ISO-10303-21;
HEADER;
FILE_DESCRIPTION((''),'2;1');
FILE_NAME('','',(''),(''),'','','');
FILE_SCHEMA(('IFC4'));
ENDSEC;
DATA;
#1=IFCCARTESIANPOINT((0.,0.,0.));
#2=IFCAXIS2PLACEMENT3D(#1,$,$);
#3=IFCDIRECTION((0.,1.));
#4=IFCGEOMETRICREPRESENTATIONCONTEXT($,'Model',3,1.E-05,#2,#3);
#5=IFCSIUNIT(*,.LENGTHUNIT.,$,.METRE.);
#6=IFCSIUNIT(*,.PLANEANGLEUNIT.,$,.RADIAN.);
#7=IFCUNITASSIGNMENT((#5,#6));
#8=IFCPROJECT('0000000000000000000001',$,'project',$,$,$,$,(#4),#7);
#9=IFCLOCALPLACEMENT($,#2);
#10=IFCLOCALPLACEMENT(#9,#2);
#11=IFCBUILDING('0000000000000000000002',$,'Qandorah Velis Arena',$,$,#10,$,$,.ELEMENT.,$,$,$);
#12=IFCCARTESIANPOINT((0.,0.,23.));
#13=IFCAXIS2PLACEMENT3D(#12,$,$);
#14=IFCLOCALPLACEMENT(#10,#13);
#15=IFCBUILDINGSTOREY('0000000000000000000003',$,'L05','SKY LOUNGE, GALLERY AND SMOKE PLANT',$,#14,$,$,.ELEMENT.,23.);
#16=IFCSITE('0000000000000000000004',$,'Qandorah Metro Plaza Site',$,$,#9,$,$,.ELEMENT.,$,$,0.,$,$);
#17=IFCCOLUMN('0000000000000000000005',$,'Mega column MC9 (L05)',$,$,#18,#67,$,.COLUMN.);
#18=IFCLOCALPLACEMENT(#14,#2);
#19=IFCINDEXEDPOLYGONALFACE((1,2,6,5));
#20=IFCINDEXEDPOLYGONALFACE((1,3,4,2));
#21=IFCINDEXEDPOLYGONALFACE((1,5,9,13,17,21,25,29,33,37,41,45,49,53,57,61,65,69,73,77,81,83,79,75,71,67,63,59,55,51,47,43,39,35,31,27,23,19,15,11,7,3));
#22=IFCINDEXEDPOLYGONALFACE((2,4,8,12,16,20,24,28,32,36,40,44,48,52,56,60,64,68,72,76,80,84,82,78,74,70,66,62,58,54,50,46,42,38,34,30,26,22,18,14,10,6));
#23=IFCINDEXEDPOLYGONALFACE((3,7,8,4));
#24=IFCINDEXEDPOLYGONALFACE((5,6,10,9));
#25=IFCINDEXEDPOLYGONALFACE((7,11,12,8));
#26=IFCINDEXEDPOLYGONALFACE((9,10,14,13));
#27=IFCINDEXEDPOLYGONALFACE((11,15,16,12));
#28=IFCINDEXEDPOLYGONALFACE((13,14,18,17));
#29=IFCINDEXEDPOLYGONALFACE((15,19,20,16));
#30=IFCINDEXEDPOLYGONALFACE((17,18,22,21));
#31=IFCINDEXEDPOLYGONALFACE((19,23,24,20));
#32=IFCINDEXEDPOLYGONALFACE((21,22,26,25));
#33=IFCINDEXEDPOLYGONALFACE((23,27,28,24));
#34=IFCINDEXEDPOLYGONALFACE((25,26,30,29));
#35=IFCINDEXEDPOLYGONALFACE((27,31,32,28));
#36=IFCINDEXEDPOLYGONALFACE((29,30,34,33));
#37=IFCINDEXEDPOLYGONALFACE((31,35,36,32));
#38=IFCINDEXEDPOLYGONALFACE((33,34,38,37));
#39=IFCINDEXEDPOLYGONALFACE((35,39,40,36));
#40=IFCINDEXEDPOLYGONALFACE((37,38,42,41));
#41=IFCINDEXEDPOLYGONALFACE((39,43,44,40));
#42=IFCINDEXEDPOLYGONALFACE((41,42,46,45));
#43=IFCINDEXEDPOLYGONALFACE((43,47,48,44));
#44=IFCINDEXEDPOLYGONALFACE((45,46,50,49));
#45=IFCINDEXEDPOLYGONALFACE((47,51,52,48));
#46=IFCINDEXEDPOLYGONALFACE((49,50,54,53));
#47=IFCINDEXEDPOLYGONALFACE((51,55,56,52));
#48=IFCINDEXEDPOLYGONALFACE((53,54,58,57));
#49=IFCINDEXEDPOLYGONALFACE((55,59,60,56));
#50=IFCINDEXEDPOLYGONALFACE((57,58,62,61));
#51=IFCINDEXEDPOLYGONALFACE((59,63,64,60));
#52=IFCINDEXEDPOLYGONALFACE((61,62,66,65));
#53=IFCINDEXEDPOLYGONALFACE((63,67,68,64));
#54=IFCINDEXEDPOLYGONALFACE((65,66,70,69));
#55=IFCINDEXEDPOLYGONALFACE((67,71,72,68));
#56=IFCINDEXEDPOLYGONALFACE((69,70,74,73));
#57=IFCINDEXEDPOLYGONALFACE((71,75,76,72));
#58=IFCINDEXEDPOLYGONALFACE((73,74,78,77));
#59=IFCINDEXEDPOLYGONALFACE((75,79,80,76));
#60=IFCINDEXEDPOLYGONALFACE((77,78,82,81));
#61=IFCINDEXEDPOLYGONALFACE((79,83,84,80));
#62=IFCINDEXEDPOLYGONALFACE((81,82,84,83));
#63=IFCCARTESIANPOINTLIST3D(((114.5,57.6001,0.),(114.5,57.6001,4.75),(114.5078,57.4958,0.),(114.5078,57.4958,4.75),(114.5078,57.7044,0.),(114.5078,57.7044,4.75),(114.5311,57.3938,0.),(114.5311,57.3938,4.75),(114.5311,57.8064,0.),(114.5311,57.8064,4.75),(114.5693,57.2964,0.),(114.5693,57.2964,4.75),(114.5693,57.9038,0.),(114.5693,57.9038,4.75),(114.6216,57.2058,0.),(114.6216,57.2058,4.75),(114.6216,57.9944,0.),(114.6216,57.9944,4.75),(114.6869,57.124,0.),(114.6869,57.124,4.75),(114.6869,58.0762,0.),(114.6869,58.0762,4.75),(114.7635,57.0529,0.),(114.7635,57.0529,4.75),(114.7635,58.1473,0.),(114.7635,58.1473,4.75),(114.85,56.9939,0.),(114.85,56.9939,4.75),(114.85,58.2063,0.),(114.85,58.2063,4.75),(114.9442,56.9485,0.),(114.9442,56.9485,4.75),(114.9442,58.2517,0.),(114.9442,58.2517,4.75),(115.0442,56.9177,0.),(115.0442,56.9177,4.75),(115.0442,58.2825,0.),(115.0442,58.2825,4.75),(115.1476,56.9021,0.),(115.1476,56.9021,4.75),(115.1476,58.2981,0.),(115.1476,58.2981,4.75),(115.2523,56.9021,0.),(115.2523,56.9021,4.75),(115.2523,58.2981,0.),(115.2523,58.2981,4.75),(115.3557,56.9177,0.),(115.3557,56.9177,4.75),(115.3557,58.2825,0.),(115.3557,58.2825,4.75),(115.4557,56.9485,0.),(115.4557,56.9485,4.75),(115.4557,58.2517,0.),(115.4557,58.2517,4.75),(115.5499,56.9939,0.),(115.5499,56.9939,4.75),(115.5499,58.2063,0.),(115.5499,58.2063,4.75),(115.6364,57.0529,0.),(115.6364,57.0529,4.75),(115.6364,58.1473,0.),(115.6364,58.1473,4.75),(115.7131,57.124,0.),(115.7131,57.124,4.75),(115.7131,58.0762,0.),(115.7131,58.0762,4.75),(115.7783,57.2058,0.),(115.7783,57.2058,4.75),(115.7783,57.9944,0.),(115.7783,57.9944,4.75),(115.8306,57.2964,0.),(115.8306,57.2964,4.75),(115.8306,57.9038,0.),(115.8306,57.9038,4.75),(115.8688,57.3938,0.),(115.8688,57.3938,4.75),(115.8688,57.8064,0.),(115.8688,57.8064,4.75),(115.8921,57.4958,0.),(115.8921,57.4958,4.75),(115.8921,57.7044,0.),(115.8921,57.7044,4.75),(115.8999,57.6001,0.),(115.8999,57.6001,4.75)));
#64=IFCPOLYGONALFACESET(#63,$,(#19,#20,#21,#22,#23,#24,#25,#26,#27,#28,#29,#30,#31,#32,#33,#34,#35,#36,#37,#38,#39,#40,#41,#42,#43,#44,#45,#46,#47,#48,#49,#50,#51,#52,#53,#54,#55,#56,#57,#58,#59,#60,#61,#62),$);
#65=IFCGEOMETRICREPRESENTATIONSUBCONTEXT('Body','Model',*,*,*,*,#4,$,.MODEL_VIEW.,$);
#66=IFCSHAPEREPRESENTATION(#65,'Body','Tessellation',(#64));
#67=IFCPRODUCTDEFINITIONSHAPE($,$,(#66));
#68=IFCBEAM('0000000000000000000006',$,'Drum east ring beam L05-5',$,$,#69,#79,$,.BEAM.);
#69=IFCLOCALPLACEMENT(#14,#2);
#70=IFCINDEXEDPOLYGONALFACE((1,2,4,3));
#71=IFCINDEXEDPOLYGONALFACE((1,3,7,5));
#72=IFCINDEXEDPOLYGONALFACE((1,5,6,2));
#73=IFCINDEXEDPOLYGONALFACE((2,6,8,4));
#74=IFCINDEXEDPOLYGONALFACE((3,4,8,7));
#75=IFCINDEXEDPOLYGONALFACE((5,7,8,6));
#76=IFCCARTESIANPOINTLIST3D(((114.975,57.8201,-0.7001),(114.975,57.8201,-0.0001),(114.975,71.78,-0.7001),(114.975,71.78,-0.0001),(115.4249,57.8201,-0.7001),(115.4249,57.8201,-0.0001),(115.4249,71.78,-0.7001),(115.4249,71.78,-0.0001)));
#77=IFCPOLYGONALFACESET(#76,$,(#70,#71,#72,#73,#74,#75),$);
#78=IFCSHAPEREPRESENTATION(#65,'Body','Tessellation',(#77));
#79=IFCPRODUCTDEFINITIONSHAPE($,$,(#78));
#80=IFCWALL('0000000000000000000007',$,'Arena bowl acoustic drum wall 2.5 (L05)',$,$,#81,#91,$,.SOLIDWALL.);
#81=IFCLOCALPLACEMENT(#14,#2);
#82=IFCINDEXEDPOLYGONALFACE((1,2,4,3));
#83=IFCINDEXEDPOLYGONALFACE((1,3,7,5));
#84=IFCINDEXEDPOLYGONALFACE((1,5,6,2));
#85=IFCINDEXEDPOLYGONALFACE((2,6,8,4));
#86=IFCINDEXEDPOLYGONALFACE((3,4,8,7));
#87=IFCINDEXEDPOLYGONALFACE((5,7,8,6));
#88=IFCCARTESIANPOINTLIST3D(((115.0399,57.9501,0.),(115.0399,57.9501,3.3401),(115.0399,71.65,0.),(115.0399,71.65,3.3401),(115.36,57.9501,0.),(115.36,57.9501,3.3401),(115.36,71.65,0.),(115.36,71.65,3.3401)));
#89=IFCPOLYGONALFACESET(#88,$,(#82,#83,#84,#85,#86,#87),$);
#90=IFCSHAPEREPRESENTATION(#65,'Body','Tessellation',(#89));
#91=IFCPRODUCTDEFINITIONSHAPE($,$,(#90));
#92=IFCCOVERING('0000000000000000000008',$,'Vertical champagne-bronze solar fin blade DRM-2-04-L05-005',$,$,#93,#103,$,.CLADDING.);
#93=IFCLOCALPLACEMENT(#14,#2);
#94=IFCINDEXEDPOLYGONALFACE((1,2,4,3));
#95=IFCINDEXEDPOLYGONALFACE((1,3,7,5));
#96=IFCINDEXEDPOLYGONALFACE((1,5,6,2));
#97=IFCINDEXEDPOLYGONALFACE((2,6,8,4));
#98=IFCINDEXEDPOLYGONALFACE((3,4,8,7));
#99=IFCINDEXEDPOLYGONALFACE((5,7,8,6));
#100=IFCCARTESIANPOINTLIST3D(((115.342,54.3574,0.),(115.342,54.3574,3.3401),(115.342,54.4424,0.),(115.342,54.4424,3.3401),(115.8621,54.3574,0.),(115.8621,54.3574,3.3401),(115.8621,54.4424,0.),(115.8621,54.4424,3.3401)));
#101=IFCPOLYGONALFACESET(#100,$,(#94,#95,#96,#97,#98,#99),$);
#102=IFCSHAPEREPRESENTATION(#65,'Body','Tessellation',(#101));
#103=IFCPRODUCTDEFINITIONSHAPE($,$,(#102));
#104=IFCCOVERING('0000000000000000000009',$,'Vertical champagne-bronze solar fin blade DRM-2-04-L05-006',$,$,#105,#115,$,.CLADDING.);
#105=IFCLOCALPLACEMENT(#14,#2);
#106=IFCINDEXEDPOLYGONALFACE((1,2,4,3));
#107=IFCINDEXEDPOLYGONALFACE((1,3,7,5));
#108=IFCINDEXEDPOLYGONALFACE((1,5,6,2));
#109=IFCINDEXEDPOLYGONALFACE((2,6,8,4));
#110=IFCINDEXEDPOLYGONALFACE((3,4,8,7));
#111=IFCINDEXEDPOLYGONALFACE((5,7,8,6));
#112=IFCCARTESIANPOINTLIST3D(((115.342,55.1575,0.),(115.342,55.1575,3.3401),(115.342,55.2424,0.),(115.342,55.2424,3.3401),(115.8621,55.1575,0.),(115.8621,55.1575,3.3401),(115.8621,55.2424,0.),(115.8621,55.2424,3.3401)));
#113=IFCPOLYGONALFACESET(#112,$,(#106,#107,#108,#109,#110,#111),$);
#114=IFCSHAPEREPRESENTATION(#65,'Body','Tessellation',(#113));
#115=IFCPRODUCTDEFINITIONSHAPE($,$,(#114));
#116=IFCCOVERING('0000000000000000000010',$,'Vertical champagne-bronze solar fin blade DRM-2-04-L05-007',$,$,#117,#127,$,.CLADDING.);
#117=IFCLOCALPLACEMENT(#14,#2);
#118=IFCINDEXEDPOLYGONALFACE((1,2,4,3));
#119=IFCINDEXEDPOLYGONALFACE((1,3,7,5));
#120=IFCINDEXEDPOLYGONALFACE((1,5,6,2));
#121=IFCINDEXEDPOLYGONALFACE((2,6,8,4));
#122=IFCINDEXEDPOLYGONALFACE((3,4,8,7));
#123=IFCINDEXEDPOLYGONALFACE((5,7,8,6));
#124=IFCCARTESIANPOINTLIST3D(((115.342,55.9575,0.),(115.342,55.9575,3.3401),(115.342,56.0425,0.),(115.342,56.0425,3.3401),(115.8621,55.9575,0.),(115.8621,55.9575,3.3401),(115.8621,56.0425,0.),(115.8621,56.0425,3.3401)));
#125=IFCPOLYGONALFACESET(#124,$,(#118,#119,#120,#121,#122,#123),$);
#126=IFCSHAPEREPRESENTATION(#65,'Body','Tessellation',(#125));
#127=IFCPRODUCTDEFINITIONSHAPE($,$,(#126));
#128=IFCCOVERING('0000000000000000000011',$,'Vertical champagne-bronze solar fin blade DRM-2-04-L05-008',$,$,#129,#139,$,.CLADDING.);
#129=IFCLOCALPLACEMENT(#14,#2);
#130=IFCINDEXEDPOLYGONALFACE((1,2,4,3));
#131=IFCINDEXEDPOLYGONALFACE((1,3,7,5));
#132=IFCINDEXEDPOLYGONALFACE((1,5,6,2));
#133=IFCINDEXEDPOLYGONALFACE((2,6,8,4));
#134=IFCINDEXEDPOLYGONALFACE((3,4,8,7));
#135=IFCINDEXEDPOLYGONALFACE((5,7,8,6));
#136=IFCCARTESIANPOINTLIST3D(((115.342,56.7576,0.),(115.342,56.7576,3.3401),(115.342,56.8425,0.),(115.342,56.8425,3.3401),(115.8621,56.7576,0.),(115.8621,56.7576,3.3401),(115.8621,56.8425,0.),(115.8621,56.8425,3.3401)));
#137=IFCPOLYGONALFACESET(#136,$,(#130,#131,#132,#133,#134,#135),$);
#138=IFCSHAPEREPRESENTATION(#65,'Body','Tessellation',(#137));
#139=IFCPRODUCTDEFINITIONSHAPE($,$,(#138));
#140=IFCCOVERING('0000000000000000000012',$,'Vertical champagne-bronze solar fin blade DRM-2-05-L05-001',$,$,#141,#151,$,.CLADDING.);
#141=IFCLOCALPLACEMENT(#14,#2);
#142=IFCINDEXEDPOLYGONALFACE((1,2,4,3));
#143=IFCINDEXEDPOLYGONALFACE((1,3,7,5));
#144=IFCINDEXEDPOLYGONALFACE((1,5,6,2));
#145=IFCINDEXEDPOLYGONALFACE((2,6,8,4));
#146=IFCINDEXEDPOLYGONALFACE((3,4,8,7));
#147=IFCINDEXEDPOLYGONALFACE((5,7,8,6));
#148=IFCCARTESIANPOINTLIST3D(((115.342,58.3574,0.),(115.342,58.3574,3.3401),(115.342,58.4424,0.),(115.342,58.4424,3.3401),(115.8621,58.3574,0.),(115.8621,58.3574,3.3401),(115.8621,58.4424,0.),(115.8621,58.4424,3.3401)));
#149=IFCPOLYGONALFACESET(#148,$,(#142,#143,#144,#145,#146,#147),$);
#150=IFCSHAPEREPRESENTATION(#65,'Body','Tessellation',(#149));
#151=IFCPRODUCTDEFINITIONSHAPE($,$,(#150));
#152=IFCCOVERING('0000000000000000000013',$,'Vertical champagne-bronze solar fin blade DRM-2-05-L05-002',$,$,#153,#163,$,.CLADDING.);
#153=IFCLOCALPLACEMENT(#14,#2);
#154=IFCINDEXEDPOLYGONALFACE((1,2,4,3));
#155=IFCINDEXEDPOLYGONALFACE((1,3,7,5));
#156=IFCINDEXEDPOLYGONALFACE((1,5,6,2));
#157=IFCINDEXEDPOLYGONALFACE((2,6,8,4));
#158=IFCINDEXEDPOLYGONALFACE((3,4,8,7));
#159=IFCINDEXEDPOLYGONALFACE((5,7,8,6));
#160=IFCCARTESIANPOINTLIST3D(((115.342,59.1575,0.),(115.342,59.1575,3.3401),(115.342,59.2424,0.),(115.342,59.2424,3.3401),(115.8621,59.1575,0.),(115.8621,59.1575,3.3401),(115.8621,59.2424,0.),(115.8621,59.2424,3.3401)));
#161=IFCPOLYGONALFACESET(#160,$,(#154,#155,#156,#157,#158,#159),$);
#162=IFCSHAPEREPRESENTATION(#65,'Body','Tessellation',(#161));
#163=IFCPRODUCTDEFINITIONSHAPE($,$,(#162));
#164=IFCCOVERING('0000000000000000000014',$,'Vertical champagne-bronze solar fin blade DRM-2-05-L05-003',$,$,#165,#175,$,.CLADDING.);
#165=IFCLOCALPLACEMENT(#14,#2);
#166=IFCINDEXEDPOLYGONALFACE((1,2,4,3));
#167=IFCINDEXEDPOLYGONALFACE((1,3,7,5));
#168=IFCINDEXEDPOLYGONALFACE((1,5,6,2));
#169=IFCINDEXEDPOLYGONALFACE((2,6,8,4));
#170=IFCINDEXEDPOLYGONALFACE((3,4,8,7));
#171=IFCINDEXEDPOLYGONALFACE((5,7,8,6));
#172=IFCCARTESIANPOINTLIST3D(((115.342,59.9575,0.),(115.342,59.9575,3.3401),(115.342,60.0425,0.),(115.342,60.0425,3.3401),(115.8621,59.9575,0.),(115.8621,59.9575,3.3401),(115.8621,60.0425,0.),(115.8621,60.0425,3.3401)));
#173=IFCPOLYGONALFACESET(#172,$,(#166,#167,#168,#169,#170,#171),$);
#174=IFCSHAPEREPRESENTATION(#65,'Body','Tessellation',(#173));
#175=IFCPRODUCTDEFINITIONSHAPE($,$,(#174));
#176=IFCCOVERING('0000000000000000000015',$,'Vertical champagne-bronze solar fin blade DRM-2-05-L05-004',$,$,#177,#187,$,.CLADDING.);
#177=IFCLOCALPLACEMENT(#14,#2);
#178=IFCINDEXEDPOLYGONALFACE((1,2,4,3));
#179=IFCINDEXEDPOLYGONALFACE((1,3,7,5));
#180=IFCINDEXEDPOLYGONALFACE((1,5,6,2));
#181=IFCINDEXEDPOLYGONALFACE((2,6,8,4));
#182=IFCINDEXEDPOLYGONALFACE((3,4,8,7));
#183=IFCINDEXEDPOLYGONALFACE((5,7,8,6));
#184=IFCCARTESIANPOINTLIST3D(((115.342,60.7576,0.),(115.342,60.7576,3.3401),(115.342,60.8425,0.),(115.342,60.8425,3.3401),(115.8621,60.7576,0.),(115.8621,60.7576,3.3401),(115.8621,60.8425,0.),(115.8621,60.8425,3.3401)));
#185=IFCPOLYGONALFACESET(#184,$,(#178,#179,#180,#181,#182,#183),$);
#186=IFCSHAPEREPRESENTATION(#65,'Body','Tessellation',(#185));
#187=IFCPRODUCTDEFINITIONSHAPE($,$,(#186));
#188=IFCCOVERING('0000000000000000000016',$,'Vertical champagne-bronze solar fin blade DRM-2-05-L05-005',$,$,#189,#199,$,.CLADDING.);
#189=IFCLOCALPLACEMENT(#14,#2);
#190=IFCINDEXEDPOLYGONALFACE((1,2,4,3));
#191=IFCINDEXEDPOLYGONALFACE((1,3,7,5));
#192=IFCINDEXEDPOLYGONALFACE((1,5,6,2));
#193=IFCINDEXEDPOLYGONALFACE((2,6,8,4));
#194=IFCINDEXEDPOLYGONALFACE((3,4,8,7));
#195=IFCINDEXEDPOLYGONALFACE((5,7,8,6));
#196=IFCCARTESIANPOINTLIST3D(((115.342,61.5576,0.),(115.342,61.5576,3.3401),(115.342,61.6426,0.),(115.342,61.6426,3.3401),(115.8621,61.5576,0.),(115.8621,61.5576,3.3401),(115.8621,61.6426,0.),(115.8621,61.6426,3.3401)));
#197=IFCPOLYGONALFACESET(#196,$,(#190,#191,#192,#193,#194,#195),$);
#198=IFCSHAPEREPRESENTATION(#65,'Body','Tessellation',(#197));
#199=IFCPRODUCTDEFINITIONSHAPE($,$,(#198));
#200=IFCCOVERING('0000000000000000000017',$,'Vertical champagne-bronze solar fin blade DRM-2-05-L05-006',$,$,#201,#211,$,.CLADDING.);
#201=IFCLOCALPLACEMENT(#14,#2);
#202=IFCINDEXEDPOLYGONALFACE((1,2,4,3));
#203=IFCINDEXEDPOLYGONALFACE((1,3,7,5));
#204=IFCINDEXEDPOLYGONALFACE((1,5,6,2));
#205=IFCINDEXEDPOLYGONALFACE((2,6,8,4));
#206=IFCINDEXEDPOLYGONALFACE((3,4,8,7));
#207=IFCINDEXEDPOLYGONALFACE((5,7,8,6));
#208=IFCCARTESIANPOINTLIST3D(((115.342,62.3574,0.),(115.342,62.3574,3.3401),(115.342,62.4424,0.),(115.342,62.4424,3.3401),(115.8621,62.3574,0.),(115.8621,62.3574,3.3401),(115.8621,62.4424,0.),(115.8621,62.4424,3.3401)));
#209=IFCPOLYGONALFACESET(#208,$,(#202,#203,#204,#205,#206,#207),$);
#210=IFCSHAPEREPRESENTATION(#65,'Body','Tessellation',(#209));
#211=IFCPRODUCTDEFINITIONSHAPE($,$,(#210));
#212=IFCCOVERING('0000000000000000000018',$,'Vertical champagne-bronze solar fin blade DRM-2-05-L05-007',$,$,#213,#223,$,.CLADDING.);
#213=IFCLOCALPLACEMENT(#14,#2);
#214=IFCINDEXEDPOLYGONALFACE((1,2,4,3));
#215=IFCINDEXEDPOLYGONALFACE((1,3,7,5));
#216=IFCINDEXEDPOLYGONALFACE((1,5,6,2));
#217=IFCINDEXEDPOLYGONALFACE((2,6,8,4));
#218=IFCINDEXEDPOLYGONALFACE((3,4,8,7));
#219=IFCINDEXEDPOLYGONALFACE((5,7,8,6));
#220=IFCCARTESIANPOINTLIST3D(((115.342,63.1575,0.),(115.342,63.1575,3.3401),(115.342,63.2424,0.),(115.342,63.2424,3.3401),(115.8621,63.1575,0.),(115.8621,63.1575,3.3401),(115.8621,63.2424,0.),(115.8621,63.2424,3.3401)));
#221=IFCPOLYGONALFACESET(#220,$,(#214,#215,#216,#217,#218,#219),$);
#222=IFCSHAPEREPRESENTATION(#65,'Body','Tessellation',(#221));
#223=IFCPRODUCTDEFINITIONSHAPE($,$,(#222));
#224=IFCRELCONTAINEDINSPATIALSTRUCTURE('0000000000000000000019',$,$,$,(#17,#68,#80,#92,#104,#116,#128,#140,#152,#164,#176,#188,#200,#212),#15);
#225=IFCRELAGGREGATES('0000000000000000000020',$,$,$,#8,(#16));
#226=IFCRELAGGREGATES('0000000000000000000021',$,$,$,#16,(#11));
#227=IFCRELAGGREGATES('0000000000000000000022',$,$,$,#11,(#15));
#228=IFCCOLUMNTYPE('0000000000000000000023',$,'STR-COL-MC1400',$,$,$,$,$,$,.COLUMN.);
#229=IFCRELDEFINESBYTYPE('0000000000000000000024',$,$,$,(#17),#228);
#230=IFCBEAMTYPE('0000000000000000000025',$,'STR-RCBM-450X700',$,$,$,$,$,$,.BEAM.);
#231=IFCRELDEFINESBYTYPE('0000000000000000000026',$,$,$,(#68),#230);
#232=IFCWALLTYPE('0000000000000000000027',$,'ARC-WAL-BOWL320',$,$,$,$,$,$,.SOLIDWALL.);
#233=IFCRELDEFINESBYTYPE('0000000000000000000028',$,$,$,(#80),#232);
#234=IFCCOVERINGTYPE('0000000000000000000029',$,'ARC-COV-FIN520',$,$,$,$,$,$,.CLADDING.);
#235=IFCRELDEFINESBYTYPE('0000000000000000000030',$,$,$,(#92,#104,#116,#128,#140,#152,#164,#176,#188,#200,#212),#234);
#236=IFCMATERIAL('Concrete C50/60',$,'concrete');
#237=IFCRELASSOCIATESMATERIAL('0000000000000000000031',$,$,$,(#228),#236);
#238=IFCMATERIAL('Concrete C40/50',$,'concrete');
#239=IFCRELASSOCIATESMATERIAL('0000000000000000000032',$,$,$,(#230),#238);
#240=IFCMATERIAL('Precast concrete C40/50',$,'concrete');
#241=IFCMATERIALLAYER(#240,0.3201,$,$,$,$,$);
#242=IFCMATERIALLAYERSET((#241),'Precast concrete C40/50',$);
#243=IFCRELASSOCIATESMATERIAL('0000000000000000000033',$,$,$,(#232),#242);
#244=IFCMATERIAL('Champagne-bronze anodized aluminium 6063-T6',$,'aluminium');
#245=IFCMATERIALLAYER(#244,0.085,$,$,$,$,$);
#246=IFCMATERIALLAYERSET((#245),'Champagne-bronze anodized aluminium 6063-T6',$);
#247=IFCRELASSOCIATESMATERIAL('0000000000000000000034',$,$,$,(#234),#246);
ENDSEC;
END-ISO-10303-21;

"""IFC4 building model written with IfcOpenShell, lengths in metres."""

from ifc_helpers import new_model, si_unit, direction, frame, frame_2d, origin, origin_2d, place, context, subcontext, project, spatial, rectangle, circle, extrude, material, layer, layer_set, material_profile, profile_set, type_object, element, save


model = new_model("IFC4")

# Units and contexts
model_context = context("Model", 3, precision=1e-05, world=origin(), true_north=direction((0.0, 1.0)))
body_context = subcontext(model_context, "Body", "Model", "MODEL_VIEW")
ifc_project = project(units=[si_unit("LENGTHUNIT", "METRE"), si_unit("PLANEANGLEUNIT", "RADIAN")], contexts=[model_context])

# Site, building, storey
site_placement = place(None, origin())
site = spatial("IfcSite", under=ifc_project, at=site_placement, Name="Qandorah Metro Plaza Site", CompositionType="ELEMENT", RefElevation=0.0)
building_placement = place(site_placement, origin())
building = spatial("IfcBuilding", under=site, at=building_placement, Name="Qandorah Velis Arena", CompositionType="ELEMENT")
storey_placement = place(building_placement, frame((0.0, 0.0, 23.0)))
storey = spatial("IfcBuildingStorey", under=building, at=storey_placement, Name="L05", Description="SKY LOUNGE, GALLERY AND SMOKE PLANT", CompositionType="ELEMENT", Elevation=23.0)

# Column
ifc_material_1 = material(Name="Concrete C50/60", Category="concrete")
ifc_material_profile_1 = material_profile(ifc_material_1, circle(Radius=0.7, at=origin_2d()), Name="MC D1400")
ifc_profile_set_1 = profile_set([ifc_material_profile_1], Name="Concrete C50/60")
column_type = type_object("IfcColumnType", Name="STR-COL-MC1400", PredefinedType="COLUMN", material=ifc_profile_set_1)
column_placement = place(storey_placement, frame((115.2, 57.6001, 0.0), z_axis=(0.0, 0.0, 1.0), x_axis=(1.0, 0.0, 0.0)))
element("IfcColumn", 1, at=column_placement, inside=storey, type_object=column_type, Name="Mega column MC9 (L05)", PredefinedType="COLUMN", context=body_context, shape_type="SweptSolid", body=[
    extrude(circle(Radius=0.7, at=origin_2d()), origin(), (0.0, 0.0, 1.0), 4.75),
])

# Beam
ifc_material_2 = material(Name="Concrete C40/50", Category="concrete")
ifc_material_profile_2 = material_profile(ifc_material_2, rectangle(XDim=0.45, YDim=0.7, at=origin_2d()), Name="RC BM 450x700")
ifc_profile_set_2 = profile_set([ifc_material_profile_2], Name="Concrete C40/50")
beam_type = type_object("IfcBeamType", Name="STR-RCBM-450X700", PredefinedType="BEAM", material=ifc_profile_set_2)
beam_placement = place(storey_placement, frame((115.2, 57.8201, -0.3501), z_axis=(0.0, 1.0, 0.0), x_axis=(-1.0, 0.0, 0.0)))
element("IfcBeam", 2, at=beam_placement, inside=storey, type_object=beam_type, Name="Drum east ring beam L05-5", PredefinedType="BEAM", context=body_context, shape_type="SweptSolid", body=[
    extrude(rectangle(XDim=0.45, YDim=0.7, at=origin_2d()), origin(), (0.0, 0.0, 1.0), 13.96),
])

# Wall
ifc_material_3 = material(Name="Precast concrete C40/50", Category="concrete")
ifc_layer_1 = layer(ifc_material_3, 0.3201)
ifc_layer_set_1 = layer_set([ifc_layer_1], Name="Precast concrete C40/50")
wall_type = type_object("IfcWallType", Name="ARC-WAL-BOWL320", PredefinedType="SOLIDWALL", material=ifc_layer_set_1)
wall_placement = place(storey_placement, frame((115.2, 57.95, 0.0), z_axis=(0.0, 0.0, 1.0), x_axis=(0.0, 1.0, 0.0)))
element("IfcWall", 3, at=wall_placement, inside=storey, type_object=wall_type, Name="Arena bowl acoustic drum wall 2.5 (L05)", PredefinedType="SOLIDWALL", context=body_context, shape_type="SweptSolid", body=[
    extrude(rectangle(XDim=13.7, YDim=0.3201, at=frame_2d((6.8501, 0.0))), origin(), (0.0, 0.0, 1.0), 3.3401),
])

# Coverings
ifc_material_4 = material(Name="Champagne-bronze anodized aluminium 6063-T6", Category="aluminium")
ifc_layer_2 = layer(ifc_material_4, 0.085)
ifc_layer_set_2 = layer_set([ifc_layer_2], Name="Champagne-bronze anodized aluminium 6063-T6")
covering_type = type_object("IfcCoveringType", Name="ARC-COV-FIN520", PredefinedType="CLADDING", material=ifc_layer_set_2)
for number, where, z_axis, x_axis, name in (
    (4, (115.6021, 54.3999, 0.0), (0.0, 0.0, 1.0), (1.0, 0.0, 0.0), "Vertical champagne-bronze solar fin blade DRM-2-04-L05-005"),
    (5, (115.6021, 55.2, 0.0), (0.0, 0.0, 1.0), (1.0, 0.0, 0.0), "Vertical champagne-bronze solar fin blade DRM-2-04-L05-006"),
    (6, (115.6021, 56.0, 0.0), (0.0, 0.0, 1.0), (1.0, 0.0, 0.0), "Vertical champagne-bronze solar fin blade DRM-2-04-L05-007"),
    (7, (115.6021, 56.8, 0.0), (0.0, 0.0, 1.0), (1.0, 0.0, 0.0), "Vertical champagne-bronze solar fin blade DRM-2-04-L05-008"),
    (8, (115.6021, 58.3999, 0.0), (0.0, 0.0, 1.0), (1.0, 0.0, 0.0), "Vertical champagne-bronze solar fin blade DRM-2-05-L05-001"),
    (9, (115.6021, 59.2, 0.0), (0.0, 0.0, 1.0), (1.0, 0.0, 0.0), "Vertical champagne-bronze solar fin blade DRM-2-05-L05-002"),
    (10, (115.6021, 60.0, 0.0), (0.0, 0.0, 1.0), (1.0, 0.0, 0.0), "Vertical champagne-bronze solar fin blade DRM-2-05-L05-003"),
    (11, (115.6021, 60.8, 0.0), (0.0, 0.0, 1.0), (1.0, 0.0, 0.0), "Vertical champagne-bronze solar fin blade DRM-2-05-L05-004"),
    (12, (115.6021, 61.6001, 0.0), (0.0, 0.0, 1.0), (1.0, 0.0, 0.0), "Vertical champagne-bronze solar fin blade DRM-2-05-L05-005"),
    (13, (115.6021, 62.3999, 0.0), (0.0, 0.0, 1.0), (1.0, 0.0, 0.0), "Vertical champagne-bronze solar fin blade DRM-2-05-L05-006"),
    (14, (115.6021, 63.2, 0.0), (0.0, 0.0, 1.0), (1.0, 0.0, 0.0), "Vertical champagne-bronze solar fin blade DRM-2-05-L05-007"),
):
    element("IfcCovering", number, at=place(storey_placement, frame(where, z_axis=z_axis, x_axis=x_axis)), inside=storey, type_object=covering_type, Name=name, PredefinedType="CLADDING", context=body_context, shape_type="SweptSolid", body=[
        extrude(rectangle(XDim=0.52, YDim=0.085, at=origin_2d()), origin(), (0.0, 0.0, 1.0), 3.3401),
    ])

save(model, "model.ifc")
